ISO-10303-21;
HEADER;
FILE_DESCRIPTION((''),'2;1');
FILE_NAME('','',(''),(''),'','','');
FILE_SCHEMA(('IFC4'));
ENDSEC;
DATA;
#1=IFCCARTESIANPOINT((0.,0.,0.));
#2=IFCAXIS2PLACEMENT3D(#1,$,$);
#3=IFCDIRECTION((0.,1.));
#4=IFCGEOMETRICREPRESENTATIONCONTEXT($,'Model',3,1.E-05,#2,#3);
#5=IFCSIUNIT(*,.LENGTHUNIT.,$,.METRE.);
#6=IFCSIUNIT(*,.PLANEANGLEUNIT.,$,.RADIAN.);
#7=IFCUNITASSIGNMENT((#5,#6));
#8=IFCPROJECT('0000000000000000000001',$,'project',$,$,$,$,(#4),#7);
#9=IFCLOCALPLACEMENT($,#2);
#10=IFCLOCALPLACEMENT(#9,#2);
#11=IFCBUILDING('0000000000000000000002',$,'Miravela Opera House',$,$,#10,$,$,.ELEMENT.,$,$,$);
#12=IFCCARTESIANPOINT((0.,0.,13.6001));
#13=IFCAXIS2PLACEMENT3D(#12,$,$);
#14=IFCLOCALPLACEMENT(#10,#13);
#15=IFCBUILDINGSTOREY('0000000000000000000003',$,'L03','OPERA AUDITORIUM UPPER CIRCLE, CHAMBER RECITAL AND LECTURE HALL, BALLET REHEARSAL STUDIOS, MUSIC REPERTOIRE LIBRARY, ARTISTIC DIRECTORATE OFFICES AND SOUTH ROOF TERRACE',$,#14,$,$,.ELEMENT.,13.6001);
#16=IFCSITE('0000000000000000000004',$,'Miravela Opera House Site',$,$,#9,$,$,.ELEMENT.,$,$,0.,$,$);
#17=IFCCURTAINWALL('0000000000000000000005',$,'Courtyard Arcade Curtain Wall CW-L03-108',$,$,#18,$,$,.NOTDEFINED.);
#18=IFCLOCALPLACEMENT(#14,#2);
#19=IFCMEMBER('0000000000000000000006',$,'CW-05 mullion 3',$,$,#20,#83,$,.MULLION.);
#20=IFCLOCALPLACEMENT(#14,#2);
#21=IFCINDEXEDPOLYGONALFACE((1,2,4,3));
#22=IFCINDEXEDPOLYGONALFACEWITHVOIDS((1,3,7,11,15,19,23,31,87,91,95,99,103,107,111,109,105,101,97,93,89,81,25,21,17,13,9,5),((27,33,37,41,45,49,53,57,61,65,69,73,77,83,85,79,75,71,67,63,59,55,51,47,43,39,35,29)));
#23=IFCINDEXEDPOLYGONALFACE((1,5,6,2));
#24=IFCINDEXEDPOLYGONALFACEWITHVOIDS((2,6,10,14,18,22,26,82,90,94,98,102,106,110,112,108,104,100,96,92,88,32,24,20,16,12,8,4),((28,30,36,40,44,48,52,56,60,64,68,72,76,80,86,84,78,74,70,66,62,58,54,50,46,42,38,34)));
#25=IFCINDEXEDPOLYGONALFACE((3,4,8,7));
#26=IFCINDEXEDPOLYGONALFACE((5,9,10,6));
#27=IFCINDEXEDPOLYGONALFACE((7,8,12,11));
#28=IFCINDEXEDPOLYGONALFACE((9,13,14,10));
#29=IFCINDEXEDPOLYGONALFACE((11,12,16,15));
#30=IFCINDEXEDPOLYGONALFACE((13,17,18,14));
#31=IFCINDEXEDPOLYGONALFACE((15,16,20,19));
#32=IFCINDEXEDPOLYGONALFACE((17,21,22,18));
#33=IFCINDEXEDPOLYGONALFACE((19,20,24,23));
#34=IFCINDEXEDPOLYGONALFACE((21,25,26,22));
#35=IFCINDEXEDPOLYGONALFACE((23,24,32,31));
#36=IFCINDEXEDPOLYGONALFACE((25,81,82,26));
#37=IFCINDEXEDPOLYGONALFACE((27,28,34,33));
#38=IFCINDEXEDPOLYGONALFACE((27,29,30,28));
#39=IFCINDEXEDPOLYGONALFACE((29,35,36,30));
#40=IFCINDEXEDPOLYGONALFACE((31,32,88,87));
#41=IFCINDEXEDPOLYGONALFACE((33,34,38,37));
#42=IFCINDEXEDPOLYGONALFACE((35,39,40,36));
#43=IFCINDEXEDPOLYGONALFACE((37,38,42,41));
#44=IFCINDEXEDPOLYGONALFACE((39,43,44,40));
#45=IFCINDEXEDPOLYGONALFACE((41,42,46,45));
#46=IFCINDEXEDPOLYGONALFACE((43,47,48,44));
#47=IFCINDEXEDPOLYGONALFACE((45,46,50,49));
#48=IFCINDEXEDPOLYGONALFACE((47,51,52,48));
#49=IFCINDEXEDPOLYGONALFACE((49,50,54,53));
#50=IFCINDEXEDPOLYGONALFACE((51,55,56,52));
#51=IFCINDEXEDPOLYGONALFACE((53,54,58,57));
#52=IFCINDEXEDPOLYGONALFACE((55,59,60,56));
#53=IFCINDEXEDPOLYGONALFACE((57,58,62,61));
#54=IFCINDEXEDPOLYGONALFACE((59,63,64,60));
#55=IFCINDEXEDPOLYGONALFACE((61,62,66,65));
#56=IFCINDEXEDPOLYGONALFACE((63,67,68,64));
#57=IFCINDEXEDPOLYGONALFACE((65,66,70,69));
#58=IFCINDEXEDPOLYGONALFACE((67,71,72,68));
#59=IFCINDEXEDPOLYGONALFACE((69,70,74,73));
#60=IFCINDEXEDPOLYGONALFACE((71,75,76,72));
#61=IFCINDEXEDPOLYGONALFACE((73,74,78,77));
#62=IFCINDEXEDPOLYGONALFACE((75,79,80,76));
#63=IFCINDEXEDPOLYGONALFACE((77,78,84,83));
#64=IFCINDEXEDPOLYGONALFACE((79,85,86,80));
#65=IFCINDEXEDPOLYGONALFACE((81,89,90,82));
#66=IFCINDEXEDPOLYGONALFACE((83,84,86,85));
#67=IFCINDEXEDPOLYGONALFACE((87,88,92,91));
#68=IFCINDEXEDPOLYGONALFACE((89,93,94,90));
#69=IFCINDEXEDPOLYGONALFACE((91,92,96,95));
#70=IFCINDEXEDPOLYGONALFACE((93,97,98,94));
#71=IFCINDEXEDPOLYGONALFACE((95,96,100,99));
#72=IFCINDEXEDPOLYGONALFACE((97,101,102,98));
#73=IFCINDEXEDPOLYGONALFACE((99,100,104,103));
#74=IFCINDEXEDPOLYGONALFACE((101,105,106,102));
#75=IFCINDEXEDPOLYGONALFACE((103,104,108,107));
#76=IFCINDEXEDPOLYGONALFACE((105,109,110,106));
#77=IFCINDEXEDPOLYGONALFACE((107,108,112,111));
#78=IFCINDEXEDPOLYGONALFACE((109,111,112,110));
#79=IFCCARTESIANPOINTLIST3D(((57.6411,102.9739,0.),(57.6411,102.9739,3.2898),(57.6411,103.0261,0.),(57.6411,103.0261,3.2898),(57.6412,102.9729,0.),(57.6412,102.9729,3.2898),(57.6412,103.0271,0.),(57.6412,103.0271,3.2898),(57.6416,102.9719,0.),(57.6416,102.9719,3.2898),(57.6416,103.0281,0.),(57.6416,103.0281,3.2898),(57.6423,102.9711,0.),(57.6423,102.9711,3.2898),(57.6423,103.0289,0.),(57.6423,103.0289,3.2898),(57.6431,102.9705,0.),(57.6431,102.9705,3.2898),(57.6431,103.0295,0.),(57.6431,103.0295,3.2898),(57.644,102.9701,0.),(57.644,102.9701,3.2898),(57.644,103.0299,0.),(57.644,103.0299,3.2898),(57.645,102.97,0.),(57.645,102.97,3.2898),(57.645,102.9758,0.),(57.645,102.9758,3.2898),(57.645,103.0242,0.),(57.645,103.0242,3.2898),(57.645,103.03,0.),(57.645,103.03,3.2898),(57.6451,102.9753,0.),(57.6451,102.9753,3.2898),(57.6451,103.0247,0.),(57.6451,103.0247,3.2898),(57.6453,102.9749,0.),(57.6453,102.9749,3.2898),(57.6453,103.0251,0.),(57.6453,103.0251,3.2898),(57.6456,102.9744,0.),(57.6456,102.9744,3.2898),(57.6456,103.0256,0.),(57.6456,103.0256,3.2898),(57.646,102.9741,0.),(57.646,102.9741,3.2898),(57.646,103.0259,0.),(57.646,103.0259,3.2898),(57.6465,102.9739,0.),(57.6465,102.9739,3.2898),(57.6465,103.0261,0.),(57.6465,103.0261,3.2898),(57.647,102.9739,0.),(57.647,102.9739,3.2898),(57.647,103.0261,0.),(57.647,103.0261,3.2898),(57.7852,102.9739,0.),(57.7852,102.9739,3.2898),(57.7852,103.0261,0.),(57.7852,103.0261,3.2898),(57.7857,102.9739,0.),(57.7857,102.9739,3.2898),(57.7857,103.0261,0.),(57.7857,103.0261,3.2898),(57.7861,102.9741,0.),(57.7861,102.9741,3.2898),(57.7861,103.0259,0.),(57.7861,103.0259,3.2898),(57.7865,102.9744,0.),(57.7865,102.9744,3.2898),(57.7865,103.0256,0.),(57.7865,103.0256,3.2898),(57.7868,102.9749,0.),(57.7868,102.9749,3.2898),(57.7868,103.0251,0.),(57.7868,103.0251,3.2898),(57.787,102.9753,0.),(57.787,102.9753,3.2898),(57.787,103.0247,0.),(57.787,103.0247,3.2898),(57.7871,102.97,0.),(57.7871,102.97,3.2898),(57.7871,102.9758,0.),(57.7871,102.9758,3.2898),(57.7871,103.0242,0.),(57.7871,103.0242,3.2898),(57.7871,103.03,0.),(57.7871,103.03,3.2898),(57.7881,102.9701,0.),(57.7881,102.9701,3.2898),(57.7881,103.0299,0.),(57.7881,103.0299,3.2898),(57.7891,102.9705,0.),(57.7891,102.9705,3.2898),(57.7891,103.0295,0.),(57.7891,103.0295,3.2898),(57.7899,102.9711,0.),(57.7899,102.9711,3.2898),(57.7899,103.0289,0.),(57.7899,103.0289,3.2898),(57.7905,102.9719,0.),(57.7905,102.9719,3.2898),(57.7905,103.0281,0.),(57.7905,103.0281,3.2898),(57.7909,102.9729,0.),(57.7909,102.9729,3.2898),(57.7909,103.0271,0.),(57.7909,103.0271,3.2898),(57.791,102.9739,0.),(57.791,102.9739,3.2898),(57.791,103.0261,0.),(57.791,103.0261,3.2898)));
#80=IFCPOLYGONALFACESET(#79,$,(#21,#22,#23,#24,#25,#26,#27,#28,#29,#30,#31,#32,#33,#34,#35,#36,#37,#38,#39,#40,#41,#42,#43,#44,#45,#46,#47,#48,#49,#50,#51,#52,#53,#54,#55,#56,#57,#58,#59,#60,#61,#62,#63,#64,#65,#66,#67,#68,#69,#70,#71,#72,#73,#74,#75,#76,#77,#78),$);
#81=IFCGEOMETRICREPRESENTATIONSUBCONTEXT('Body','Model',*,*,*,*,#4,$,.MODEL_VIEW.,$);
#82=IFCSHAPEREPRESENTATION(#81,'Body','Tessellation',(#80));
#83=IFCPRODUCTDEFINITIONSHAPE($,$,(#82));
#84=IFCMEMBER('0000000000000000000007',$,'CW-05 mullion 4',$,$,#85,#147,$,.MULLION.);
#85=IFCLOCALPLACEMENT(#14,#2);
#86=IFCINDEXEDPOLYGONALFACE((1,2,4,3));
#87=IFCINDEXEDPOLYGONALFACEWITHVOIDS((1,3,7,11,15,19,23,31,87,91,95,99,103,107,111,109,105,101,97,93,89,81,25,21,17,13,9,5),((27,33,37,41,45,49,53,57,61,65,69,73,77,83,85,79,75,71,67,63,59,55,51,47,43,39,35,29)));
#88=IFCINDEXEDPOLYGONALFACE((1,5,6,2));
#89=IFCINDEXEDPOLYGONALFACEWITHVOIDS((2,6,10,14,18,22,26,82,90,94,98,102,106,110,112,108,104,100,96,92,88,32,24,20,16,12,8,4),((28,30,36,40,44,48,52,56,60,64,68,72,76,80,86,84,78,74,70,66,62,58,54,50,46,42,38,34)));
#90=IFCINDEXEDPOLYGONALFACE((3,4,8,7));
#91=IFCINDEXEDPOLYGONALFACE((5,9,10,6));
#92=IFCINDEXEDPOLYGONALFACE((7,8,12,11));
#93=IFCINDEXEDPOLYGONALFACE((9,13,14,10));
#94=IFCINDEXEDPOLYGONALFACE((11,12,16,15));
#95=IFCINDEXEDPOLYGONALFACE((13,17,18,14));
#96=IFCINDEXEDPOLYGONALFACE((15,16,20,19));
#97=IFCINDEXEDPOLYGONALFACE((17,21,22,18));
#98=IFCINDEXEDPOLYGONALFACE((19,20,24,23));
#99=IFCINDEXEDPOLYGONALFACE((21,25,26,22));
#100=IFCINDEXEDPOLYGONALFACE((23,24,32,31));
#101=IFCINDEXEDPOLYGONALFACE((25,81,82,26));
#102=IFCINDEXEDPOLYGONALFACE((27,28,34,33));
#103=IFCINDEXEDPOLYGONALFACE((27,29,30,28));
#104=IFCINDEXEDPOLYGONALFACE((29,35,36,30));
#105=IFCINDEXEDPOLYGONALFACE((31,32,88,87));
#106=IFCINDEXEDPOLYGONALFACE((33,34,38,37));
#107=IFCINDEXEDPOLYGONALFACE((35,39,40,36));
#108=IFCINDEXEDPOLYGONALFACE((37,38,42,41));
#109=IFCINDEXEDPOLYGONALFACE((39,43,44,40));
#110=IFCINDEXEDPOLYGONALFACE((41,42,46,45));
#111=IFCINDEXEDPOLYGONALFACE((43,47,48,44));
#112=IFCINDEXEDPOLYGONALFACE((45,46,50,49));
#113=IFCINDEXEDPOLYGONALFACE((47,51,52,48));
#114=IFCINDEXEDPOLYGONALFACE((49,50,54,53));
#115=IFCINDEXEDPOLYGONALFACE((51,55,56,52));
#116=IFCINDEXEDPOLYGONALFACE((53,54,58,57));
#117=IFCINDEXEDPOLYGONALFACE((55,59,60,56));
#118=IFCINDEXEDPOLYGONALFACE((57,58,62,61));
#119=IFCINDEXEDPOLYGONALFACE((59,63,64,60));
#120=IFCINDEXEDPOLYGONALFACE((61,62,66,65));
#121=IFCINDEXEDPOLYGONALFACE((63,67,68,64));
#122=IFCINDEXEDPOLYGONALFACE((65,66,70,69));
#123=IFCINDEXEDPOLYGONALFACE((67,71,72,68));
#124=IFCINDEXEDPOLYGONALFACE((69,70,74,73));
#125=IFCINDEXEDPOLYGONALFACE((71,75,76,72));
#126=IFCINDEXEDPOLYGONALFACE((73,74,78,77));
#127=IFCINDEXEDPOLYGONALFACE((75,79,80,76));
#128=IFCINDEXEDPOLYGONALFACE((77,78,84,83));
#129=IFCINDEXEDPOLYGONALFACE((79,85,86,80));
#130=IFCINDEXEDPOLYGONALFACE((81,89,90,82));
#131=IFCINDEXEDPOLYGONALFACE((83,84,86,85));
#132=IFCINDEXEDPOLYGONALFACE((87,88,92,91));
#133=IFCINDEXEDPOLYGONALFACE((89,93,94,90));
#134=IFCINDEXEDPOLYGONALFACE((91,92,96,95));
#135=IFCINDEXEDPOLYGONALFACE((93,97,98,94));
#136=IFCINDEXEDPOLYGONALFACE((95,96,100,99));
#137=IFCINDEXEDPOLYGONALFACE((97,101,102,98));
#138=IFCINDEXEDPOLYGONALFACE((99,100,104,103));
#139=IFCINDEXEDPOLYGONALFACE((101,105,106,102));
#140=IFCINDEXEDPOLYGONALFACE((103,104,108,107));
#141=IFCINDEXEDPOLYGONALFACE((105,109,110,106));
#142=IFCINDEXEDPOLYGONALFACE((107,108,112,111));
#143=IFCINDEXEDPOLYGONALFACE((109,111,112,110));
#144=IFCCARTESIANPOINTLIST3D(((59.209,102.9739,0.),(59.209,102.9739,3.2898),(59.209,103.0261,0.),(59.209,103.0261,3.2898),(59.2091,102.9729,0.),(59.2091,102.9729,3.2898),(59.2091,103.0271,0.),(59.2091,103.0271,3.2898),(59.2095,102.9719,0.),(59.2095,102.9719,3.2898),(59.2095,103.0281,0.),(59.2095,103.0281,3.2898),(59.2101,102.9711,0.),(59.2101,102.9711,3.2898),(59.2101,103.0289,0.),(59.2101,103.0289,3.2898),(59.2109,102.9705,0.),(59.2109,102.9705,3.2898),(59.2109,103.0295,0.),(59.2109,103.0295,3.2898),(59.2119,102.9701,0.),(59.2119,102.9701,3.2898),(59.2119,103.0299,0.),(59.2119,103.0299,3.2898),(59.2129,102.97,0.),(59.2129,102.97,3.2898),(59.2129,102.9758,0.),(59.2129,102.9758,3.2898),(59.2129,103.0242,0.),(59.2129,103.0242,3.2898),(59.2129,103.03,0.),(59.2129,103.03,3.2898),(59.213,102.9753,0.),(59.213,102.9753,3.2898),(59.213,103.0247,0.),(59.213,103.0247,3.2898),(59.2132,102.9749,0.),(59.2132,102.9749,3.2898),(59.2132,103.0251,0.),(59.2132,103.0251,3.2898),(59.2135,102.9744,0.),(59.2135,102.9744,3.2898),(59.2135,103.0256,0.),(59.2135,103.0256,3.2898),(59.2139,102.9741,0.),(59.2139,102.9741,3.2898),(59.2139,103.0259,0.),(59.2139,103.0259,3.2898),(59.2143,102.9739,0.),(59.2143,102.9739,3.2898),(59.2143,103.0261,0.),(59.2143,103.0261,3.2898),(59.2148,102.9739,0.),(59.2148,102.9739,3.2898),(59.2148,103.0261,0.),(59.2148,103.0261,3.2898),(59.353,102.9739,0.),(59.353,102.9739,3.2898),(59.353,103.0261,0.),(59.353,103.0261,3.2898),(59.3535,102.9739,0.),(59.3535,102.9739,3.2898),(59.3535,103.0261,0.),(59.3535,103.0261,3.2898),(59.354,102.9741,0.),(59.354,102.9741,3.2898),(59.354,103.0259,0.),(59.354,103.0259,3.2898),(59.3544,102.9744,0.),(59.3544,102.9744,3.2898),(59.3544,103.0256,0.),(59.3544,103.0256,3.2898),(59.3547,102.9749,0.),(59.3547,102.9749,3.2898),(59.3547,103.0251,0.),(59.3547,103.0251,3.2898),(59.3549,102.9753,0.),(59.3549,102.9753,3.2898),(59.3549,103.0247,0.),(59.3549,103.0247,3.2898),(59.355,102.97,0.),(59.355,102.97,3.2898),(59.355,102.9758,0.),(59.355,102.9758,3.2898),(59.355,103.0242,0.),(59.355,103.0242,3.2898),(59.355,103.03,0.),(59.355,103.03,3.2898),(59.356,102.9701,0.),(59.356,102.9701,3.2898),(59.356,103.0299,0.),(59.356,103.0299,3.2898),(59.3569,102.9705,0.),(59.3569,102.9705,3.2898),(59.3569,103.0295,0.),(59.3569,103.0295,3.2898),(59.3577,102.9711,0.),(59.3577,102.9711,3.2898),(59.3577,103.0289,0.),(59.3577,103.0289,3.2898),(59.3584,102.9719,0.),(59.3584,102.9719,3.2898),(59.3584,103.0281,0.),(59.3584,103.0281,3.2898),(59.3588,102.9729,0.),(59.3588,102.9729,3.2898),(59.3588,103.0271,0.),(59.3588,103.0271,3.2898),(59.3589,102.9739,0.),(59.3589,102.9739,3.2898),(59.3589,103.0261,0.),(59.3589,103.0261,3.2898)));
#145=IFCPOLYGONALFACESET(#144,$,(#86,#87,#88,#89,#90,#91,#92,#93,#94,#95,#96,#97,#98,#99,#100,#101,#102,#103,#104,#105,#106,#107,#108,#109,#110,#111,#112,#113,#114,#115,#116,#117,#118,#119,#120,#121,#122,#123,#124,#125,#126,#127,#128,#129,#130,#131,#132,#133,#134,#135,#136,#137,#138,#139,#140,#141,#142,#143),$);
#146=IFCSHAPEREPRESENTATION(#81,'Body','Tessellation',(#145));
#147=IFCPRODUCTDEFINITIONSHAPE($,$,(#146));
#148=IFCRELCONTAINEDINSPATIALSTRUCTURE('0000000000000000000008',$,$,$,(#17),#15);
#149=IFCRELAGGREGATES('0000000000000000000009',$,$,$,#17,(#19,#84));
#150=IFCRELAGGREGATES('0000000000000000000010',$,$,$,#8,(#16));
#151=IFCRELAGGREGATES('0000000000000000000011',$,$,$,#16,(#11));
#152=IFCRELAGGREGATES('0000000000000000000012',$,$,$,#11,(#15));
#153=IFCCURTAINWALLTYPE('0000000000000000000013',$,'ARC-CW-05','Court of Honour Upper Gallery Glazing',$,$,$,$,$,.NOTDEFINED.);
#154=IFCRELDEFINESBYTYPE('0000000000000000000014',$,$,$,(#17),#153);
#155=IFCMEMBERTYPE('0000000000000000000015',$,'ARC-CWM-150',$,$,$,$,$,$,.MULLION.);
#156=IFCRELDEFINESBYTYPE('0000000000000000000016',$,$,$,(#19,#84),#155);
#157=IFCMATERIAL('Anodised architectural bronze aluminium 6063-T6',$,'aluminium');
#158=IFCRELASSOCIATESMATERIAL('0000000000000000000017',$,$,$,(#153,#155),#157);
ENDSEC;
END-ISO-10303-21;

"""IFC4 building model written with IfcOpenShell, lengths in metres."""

from ifc_helpers import new_model, si_unit, direction, frame, origin, origin_2d, place, context, subcontext, project, spatial, hollow_rectangle, extrude, material, material_profile, profile_set, type_object, element, aggregate, save


model = new_model("IFC4")

# Units and contexts
model_context = context("Model", 3, precision=1e-05, world=origin(), true_north=direction((0.0, 1.0)))
body_context = subcontext(model_context, "Body", "Model", "MODEL_VIEW")
ifc_project = project(units=[si_unit("LENGTHUNIT", "METRE"), si_unit("PLANEANGLEUNIT", "RADIAN")], contexts=[model_context])

# Site, building, storey
site_placement = place(None, origin())
site = spatial("IfcSite", under=ifc_project, at=site_placement, Name="Miravela Opera House Site", CompositionType="ELEMENT", RefElevation=0.0)
building_placement = place(site_placement, origin())
building = spatial("IfcBuilding", under=site, at=building_placement, Name="Miravela Opera House", CompositionType="ELEMENT")
storey_placement = place(building_placement, frame((0.0, 0.0, 13.6001)))
storey = spatial("IfcBuildingStorey", under=building, at=storey_placement, Name="L03", Description="OPERA AUDITORIUM UPPER CIRCLE, CHAMBER RECITAL AND LECTURE HALL, BALLET REHEARSAL STUDIOS, MUSIC REPERTOIRE LIBRARY, ARTISTIC DIRECTORATE OFFICES AND SOUTH ROOF TERRACE", CompositionType="ELEMENT", Elevation=13.6001)

# Curtain wall, members
ifc_material_1 = material(Name="Anodised architectural bronze aluminium 6063-T6", Category="aluminium")
curtain_wall_type = type_object("IfcCurtainWallType", Name="ARC-CW-05", Description="Court of Honour Upper Gallery Glazing", PredefinedType="NOTDEFINED", material=ifc_material_1)
curtain_wall_placement = place(storey_placement, origin())
curtain_wall = element("IfcCurtainWall", 1, at=curtain_wall_placement, inside=storey, type_object=curtain_wall_type, Name="Courtyard Arcade Curtain Wall CW-L03-108", PredefinedType="NOTDEFINED")
ifc_material_profile_1 = material_profile(ifc_material_1, hollow_rectangle(XDim=0.0601, YDim=0.1499, WallThickness=0.0039, InnerFilletRadius=0.002, OuterFilletRadius=0.0039, at=origin_2d()), Name="CWM-60X150")
ifc_profile_set_1 = profile_set([ifc_material_profile_1])
member_type_1 = type_object("IfcMemberType", Name="ARC-CWM-150", PredefinedType="MULLION", material=ifc_profile_set_1)
member_1_placement = place(storey_placement, frame((57.7161, 103.0, 0.0), z_axis=(0.0, 0.0, 1.0), x_axis=(0.0, 1.0, 0.0)))
member_1 = element("IfcMember", 2, at=member_1_placement, type_object=member_type_1, Name="CW-05 mullion 3", PredefinedType="MULLION", context=body_context, shape_type="SweptSolid", body=[
    extrude(hollow_rectangle(XDim=0.0601, YDim=0.1499, WallThickness=0.0039, InnerFilletRadius=0.002, OuterFilletRadius=0.0039, at=origin_2d()), origin(), (0.0, 0.0, 1.0), 3.2898),
])
member_2_placement = place(storey_placement, frame((59.2839, 103.0, 0.0), z_axis=(0.0, 0.0, 1.0), x_axis=(0.0, 1.0, 0.0)))
member_2 = element("IfcMember", 3, at=member_2_placement, type_object=member_type_1, Name="CW-05 mullion 4", PredefinedType="MULLION", context=body_context, shape_type="SweptSolid", body=[
    extrude(hollow_rectangle(XDim=0.0601, YDim=0.1499, WallThickness=0.0039, InnerFilletRadius=0.002, OuterFilletRadius=0.0039, at=origin_2d()), origin(), (0.0, 0.0, 1.0), 3.2898),
])
aggregate(curtain_wall, [member_1, member_2])

save(model, "model.ifc")
